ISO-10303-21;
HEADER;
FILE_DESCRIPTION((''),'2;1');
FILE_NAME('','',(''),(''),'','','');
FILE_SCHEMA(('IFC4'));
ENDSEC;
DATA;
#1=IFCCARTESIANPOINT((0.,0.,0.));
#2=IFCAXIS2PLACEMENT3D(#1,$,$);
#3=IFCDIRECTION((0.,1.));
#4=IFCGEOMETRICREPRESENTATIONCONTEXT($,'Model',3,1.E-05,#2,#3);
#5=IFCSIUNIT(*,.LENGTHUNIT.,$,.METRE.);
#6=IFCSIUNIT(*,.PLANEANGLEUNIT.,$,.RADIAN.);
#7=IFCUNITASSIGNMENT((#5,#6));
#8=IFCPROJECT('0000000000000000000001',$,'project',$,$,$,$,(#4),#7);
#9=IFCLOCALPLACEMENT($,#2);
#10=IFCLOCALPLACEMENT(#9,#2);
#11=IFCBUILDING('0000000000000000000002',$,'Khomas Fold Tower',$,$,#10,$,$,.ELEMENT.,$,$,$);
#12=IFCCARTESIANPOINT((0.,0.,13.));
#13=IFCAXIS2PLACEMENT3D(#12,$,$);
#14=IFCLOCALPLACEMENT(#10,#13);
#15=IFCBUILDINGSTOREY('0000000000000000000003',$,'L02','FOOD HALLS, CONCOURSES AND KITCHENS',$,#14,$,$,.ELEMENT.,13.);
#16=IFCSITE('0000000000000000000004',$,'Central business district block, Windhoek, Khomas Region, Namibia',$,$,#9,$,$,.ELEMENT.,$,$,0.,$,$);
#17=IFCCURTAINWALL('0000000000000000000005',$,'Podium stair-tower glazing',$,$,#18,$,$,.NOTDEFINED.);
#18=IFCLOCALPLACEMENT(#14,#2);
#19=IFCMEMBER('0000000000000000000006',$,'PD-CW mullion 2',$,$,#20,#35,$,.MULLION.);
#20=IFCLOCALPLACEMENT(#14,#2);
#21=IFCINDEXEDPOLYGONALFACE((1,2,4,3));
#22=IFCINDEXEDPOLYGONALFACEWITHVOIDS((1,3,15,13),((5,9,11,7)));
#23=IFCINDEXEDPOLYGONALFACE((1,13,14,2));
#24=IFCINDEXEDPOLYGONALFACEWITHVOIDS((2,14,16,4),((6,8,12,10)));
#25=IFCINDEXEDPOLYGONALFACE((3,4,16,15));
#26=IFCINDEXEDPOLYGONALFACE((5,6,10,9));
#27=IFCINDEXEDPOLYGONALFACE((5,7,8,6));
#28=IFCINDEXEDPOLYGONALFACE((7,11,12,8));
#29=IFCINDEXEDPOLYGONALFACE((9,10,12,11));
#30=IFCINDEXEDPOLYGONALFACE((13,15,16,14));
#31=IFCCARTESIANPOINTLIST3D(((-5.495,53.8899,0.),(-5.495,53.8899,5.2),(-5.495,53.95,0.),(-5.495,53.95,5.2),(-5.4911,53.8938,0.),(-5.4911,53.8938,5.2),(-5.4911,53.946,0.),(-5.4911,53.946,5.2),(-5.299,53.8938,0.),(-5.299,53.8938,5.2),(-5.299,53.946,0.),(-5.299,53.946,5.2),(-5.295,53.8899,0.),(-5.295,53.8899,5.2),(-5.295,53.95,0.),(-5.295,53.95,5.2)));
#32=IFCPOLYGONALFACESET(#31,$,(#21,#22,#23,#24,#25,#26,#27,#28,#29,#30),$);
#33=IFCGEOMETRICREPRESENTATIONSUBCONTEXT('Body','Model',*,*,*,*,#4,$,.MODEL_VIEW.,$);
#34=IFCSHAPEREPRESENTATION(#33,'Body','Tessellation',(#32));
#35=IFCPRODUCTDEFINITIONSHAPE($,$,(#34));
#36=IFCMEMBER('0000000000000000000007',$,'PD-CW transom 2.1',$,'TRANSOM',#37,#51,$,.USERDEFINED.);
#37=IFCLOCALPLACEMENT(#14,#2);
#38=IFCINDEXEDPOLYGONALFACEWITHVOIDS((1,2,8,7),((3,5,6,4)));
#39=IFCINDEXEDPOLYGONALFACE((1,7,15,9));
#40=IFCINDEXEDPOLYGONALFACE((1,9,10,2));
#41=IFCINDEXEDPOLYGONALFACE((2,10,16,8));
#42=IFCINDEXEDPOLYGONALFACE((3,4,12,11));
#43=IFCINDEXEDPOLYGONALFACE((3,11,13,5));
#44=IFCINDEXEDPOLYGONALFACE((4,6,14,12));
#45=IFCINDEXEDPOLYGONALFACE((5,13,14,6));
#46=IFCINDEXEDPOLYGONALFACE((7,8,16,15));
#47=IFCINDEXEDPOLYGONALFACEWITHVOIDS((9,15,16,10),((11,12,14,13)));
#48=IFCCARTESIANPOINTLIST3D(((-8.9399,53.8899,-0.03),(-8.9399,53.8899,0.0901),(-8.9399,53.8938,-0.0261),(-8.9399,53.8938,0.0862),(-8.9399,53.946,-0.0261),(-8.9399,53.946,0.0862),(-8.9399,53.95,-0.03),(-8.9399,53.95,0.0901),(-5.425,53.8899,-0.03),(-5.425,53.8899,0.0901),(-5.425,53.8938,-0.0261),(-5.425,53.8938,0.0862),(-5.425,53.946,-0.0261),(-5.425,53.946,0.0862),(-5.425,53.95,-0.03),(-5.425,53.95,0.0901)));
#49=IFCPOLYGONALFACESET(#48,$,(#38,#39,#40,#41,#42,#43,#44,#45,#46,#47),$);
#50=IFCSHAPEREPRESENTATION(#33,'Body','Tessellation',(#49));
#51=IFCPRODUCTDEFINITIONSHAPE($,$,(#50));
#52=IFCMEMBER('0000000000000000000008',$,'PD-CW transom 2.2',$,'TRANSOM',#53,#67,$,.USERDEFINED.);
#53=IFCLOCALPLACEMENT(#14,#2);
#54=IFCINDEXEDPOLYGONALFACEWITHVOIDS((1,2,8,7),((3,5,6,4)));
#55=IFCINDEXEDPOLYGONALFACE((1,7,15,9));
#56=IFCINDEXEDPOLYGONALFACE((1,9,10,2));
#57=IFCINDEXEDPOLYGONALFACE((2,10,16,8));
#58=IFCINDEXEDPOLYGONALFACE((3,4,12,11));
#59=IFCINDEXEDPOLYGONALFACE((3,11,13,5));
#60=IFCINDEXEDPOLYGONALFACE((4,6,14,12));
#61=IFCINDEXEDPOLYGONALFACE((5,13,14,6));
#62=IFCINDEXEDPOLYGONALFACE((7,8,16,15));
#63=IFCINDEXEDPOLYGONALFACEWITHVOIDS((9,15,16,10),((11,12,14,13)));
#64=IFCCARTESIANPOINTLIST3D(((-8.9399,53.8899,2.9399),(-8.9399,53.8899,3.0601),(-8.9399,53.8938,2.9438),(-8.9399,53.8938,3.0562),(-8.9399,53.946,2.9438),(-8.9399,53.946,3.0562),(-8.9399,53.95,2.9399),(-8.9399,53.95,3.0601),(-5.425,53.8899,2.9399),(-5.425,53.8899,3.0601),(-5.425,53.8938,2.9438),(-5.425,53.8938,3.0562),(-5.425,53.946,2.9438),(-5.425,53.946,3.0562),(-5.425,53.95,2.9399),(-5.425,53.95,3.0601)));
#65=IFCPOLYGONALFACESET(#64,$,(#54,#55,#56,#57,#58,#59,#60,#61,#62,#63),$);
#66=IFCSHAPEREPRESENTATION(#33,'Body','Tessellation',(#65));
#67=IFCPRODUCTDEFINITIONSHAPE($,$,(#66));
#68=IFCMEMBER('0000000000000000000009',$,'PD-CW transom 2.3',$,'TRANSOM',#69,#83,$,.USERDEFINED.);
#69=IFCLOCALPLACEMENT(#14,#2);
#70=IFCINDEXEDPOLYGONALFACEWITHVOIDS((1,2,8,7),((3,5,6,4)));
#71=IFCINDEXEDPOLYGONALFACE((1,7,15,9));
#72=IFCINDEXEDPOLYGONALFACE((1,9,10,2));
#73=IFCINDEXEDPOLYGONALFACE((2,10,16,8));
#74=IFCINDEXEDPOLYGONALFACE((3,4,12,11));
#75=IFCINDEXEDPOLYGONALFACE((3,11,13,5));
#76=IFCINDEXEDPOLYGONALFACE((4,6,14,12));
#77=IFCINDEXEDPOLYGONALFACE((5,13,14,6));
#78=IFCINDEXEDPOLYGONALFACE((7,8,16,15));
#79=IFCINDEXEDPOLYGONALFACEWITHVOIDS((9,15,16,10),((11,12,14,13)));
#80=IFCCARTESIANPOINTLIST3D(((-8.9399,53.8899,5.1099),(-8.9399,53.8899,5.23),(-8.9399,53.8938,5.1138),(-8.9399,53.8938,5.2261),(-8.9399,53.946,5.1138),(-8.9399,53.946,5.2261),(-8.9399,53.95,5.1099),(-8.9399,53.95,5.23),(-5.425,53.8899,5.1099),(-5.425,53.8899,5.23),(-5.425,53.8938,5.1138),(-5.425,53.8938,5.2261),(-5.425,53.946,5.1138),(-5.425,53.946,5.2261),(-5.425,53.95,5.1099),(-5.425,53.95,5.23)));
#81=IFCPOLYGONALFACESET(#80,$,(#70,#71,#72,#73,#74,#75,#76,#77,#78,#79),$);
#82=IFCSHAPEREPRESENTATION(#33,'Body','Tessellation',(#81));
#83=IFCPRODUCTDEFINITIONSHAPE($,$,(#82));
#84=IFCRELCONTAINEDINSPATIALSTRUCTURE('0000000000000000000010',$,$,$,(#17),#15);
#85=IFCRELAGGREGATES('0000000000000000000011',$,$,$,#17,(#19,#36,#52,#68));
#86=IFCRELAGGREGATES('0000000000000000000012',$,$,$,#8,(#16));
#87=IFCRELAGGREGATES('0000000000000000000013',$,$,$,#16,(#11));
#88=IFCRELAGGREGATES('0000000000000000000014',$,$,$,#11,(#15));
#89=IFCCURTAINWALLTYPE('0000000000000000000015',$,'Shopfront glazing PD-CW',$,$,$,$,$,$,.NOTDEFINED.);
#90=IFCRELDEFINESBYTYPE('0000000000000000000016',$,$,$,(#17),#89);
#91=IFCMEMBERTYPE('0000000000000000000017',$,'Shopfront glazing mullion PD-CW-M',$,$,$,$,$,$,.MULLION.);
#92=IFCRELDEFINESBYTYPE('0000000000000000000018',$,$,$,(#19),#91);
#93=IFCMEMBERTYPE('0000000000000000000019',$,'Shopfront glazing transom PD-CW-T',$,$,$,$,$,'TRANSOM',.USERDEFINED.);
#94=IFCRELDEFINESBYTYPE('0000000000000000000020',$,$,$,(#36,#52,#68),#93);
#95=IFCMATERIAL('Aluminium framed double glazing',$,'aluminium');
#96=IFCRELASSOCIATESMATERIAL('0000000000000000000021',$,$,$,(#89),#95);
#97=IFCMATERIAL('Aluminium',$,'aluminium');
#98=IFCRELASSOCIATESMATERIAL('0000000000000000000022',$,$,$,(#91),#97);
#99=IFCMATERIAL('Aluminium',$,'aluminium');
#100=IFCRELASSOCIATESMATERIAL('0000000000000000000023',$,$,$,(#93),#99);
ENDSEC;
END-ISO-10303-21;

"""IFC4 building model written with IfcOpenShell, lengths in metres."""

from ifc_helpers import new_model, si_unit, direction, frame, origin, origin_2d, place, context, subcontext, project, spatial, hollow_rectangle, extrude, source, transform, mapped, material, material_profile, profile_set, type_object, element, aggregate, save


model = new_model("IFC4")

# Units and contexts
model_context = context("Model", 3, precision=1e-05, world=origin(), true_north=direction((0.0, 1.0)))
body_context = subcontext(model_context, "Body", "Model", "MODEL_VIEW")
ifc_project = project(units=[si_unit("LENGTHUNIT", "METRE"), si_unit("PLANEANGLEUNIT", "RADIAN")], contexts=[model_context])

# Site, building, storey
site_placement = place(None, origin())
site = spatial("IfcSite", under=ifc_project, at=site_placement, Name="Central business district block, Windhoek, Khomas Region, Namibia", CompositionType="ELEMENT", RefElevation=0.0)
building_placement = place(site_placement, origin())
building = spatial("IfcBuilding", under=site, at=building_placement, Name="Khomas Fold Tower", CompositionType="ELEMENT")
storey_placement = place(building_placement, frame((0.0, 0.0, 13.0)))
storey = spatial("IfcBuildingStorey", under=building, at=storey_placement, Name="L02", Description="FOOD HALLS, CONCOURSES AND KITCHENS", CompositionType="ELEMENT", Elevation=13.0)

# Curtain wall, members
ifc_material_1 = material(Name="Aluminium framed double glazing", Category="aluminium")
curtain_wall_type = type_object("IfcCurtainWallType", Name="Shopfront glazing PD-CW", PredefinedType="NOTDEFINED", material=ifc_material_1)
curtain_wall_placement = place(storey_placement, origin())
curtain_wall = element("IfcCurtainWall", 1, at=curtain_wall_placement, inside=storey, type_object=curtain_wall_type, Name="Podium stair-tower glazing", PredefinedType="NOTDEFINED")
ifc_material_2 = material(Name="Aluminium", Category="aluminium")
ifc_material_profile_1 = material_profile(ifc_material_2, hollow_rectangle(XDim=0.0601, YDim=0.2, WallThickness=0.0039, at=origin_2d()), Name="Shopfront glazing mullion PD-CW-M")
ifc_profile_set_1 = profile_set([ifc_material_profile_1], Name="Aluminium")
member_type_1 = type_object("IfcMemberType", Name="Shopfront glazing mullion PD-CW-M", PredefinedType="MULLION", material=ifc_profile_set_1)
shared_shape_1 = source(origin(), body_context, "Body", "SweptSolid", [
    extrude(hollow_rectangle(XDim=0.0601, YDim=0.2, WallThickness=0.0039, at=origin_2d()), origin(), (0.0, 0.0, 1.0), 5.2),
])
member_1_placement = place(storey_placement, frame((-5.395, 53.9199, 0.0), z_axis=(0.0, 0.0, 1.0), x_axis=(0.0, -1.0, 0.0)))
member_1 = element("IfcMember", 2, at=member_1_placement, type_object=member_type_1, Name="PD-CW mullion 2", PredefinedType="MULLION", context=body_context, shape_type="MappedRepresentation", body=[
    mapped(shared_shape_1, transform((0.0, 0.0, 0.0))),
])
ifc_material_3 = material(Name="Aluminium", Category="aluminium")
ifc_material_profile_2 = material_profile(ifc_material_3, hollow_rectangle(XDim=0.0601, YDim=0.1201, WallThickness=0.0039, at=origin_2d()), Name="Shopfront glazing transom PD-CW-T")
ifc_profile_set_2 = profile_set([ifc_material_profile_2], Name="Aluminium")
member_type_2 = type_object("IfcMemberType", Name="Shopfront glazing transom PD-CW-T", ElementType="TRANSOM", PredefinedType="USERDEFINED", material=ifc_profile_set_2)
shared_shape_2 = source(origin(), body_context, "Body", "SweptSolid", [
    extrude(hollow_rectangle(XDim=0.0601, YDim=0.1201, WallThickness=0.0039, at=origin_2d()), origin(), (0.0, 0.0, 1.0), 3.5149),
])
member_2_placement = place(storey_placement, frame((-5.425, 53.9199, 0.03), z_axis=(-1.0, 0.0, 0.0), x_axis=(0.0, -1.0, 0.0)))
member_2 = element("IfcMember", 3, at=member_2_placement, type_object=member_type_2, Name="PD-CW transom 2.1", ObjectType="TRANSOM", PredefinedType="USERDEFINED", context=body_context, shape_type="MappedRepresentation", body=[
    mapped(shared_shape_2, transform((0.0, 0.0, 0.0))),
])
member_3_placement = place(storey_placement, frame((-5.425, 53.9199, 3.0), z_axis=(-1.0, 0.0, 0.0), x_axis=(0.0, -1.0, 0.0)))
member_3 = element("IfcMember", 4, at=member_3_placement, type_object=member_type_2, Name="PD-CW transom 2.2", ObjectType="TRANSOM", PredefinedType="USERDEFINED", context=body_context, shape_type="MappedRepresentation", body=[
    mapped(shared_shape_2, transform((0.0, 0.0, 0.0))),
])
member_4_placement = place(storey_placement, frame((-5.425, 53.9199, 5.1699), z_axis=(-1.0, 0.0, 0.0), x_axis=(0.0, -1.0, 0.0)))
member_4 = element("IfcMember", 5, at=member_4_placement, type_object=member_type_2, Name="PD-CW transom 2.3", ObjectType="TRANSOM", PredefinedType="USERDEFINED", context=body_context, shape_type="MappedRepresentation", body=[
    mapped(shared_shape_2, transform((0.0, 0.0, 0.0))),
])
aggregate(curtain_wall, [member_1, member_2, member_3, member_4])

save(model, "model.ifc")
